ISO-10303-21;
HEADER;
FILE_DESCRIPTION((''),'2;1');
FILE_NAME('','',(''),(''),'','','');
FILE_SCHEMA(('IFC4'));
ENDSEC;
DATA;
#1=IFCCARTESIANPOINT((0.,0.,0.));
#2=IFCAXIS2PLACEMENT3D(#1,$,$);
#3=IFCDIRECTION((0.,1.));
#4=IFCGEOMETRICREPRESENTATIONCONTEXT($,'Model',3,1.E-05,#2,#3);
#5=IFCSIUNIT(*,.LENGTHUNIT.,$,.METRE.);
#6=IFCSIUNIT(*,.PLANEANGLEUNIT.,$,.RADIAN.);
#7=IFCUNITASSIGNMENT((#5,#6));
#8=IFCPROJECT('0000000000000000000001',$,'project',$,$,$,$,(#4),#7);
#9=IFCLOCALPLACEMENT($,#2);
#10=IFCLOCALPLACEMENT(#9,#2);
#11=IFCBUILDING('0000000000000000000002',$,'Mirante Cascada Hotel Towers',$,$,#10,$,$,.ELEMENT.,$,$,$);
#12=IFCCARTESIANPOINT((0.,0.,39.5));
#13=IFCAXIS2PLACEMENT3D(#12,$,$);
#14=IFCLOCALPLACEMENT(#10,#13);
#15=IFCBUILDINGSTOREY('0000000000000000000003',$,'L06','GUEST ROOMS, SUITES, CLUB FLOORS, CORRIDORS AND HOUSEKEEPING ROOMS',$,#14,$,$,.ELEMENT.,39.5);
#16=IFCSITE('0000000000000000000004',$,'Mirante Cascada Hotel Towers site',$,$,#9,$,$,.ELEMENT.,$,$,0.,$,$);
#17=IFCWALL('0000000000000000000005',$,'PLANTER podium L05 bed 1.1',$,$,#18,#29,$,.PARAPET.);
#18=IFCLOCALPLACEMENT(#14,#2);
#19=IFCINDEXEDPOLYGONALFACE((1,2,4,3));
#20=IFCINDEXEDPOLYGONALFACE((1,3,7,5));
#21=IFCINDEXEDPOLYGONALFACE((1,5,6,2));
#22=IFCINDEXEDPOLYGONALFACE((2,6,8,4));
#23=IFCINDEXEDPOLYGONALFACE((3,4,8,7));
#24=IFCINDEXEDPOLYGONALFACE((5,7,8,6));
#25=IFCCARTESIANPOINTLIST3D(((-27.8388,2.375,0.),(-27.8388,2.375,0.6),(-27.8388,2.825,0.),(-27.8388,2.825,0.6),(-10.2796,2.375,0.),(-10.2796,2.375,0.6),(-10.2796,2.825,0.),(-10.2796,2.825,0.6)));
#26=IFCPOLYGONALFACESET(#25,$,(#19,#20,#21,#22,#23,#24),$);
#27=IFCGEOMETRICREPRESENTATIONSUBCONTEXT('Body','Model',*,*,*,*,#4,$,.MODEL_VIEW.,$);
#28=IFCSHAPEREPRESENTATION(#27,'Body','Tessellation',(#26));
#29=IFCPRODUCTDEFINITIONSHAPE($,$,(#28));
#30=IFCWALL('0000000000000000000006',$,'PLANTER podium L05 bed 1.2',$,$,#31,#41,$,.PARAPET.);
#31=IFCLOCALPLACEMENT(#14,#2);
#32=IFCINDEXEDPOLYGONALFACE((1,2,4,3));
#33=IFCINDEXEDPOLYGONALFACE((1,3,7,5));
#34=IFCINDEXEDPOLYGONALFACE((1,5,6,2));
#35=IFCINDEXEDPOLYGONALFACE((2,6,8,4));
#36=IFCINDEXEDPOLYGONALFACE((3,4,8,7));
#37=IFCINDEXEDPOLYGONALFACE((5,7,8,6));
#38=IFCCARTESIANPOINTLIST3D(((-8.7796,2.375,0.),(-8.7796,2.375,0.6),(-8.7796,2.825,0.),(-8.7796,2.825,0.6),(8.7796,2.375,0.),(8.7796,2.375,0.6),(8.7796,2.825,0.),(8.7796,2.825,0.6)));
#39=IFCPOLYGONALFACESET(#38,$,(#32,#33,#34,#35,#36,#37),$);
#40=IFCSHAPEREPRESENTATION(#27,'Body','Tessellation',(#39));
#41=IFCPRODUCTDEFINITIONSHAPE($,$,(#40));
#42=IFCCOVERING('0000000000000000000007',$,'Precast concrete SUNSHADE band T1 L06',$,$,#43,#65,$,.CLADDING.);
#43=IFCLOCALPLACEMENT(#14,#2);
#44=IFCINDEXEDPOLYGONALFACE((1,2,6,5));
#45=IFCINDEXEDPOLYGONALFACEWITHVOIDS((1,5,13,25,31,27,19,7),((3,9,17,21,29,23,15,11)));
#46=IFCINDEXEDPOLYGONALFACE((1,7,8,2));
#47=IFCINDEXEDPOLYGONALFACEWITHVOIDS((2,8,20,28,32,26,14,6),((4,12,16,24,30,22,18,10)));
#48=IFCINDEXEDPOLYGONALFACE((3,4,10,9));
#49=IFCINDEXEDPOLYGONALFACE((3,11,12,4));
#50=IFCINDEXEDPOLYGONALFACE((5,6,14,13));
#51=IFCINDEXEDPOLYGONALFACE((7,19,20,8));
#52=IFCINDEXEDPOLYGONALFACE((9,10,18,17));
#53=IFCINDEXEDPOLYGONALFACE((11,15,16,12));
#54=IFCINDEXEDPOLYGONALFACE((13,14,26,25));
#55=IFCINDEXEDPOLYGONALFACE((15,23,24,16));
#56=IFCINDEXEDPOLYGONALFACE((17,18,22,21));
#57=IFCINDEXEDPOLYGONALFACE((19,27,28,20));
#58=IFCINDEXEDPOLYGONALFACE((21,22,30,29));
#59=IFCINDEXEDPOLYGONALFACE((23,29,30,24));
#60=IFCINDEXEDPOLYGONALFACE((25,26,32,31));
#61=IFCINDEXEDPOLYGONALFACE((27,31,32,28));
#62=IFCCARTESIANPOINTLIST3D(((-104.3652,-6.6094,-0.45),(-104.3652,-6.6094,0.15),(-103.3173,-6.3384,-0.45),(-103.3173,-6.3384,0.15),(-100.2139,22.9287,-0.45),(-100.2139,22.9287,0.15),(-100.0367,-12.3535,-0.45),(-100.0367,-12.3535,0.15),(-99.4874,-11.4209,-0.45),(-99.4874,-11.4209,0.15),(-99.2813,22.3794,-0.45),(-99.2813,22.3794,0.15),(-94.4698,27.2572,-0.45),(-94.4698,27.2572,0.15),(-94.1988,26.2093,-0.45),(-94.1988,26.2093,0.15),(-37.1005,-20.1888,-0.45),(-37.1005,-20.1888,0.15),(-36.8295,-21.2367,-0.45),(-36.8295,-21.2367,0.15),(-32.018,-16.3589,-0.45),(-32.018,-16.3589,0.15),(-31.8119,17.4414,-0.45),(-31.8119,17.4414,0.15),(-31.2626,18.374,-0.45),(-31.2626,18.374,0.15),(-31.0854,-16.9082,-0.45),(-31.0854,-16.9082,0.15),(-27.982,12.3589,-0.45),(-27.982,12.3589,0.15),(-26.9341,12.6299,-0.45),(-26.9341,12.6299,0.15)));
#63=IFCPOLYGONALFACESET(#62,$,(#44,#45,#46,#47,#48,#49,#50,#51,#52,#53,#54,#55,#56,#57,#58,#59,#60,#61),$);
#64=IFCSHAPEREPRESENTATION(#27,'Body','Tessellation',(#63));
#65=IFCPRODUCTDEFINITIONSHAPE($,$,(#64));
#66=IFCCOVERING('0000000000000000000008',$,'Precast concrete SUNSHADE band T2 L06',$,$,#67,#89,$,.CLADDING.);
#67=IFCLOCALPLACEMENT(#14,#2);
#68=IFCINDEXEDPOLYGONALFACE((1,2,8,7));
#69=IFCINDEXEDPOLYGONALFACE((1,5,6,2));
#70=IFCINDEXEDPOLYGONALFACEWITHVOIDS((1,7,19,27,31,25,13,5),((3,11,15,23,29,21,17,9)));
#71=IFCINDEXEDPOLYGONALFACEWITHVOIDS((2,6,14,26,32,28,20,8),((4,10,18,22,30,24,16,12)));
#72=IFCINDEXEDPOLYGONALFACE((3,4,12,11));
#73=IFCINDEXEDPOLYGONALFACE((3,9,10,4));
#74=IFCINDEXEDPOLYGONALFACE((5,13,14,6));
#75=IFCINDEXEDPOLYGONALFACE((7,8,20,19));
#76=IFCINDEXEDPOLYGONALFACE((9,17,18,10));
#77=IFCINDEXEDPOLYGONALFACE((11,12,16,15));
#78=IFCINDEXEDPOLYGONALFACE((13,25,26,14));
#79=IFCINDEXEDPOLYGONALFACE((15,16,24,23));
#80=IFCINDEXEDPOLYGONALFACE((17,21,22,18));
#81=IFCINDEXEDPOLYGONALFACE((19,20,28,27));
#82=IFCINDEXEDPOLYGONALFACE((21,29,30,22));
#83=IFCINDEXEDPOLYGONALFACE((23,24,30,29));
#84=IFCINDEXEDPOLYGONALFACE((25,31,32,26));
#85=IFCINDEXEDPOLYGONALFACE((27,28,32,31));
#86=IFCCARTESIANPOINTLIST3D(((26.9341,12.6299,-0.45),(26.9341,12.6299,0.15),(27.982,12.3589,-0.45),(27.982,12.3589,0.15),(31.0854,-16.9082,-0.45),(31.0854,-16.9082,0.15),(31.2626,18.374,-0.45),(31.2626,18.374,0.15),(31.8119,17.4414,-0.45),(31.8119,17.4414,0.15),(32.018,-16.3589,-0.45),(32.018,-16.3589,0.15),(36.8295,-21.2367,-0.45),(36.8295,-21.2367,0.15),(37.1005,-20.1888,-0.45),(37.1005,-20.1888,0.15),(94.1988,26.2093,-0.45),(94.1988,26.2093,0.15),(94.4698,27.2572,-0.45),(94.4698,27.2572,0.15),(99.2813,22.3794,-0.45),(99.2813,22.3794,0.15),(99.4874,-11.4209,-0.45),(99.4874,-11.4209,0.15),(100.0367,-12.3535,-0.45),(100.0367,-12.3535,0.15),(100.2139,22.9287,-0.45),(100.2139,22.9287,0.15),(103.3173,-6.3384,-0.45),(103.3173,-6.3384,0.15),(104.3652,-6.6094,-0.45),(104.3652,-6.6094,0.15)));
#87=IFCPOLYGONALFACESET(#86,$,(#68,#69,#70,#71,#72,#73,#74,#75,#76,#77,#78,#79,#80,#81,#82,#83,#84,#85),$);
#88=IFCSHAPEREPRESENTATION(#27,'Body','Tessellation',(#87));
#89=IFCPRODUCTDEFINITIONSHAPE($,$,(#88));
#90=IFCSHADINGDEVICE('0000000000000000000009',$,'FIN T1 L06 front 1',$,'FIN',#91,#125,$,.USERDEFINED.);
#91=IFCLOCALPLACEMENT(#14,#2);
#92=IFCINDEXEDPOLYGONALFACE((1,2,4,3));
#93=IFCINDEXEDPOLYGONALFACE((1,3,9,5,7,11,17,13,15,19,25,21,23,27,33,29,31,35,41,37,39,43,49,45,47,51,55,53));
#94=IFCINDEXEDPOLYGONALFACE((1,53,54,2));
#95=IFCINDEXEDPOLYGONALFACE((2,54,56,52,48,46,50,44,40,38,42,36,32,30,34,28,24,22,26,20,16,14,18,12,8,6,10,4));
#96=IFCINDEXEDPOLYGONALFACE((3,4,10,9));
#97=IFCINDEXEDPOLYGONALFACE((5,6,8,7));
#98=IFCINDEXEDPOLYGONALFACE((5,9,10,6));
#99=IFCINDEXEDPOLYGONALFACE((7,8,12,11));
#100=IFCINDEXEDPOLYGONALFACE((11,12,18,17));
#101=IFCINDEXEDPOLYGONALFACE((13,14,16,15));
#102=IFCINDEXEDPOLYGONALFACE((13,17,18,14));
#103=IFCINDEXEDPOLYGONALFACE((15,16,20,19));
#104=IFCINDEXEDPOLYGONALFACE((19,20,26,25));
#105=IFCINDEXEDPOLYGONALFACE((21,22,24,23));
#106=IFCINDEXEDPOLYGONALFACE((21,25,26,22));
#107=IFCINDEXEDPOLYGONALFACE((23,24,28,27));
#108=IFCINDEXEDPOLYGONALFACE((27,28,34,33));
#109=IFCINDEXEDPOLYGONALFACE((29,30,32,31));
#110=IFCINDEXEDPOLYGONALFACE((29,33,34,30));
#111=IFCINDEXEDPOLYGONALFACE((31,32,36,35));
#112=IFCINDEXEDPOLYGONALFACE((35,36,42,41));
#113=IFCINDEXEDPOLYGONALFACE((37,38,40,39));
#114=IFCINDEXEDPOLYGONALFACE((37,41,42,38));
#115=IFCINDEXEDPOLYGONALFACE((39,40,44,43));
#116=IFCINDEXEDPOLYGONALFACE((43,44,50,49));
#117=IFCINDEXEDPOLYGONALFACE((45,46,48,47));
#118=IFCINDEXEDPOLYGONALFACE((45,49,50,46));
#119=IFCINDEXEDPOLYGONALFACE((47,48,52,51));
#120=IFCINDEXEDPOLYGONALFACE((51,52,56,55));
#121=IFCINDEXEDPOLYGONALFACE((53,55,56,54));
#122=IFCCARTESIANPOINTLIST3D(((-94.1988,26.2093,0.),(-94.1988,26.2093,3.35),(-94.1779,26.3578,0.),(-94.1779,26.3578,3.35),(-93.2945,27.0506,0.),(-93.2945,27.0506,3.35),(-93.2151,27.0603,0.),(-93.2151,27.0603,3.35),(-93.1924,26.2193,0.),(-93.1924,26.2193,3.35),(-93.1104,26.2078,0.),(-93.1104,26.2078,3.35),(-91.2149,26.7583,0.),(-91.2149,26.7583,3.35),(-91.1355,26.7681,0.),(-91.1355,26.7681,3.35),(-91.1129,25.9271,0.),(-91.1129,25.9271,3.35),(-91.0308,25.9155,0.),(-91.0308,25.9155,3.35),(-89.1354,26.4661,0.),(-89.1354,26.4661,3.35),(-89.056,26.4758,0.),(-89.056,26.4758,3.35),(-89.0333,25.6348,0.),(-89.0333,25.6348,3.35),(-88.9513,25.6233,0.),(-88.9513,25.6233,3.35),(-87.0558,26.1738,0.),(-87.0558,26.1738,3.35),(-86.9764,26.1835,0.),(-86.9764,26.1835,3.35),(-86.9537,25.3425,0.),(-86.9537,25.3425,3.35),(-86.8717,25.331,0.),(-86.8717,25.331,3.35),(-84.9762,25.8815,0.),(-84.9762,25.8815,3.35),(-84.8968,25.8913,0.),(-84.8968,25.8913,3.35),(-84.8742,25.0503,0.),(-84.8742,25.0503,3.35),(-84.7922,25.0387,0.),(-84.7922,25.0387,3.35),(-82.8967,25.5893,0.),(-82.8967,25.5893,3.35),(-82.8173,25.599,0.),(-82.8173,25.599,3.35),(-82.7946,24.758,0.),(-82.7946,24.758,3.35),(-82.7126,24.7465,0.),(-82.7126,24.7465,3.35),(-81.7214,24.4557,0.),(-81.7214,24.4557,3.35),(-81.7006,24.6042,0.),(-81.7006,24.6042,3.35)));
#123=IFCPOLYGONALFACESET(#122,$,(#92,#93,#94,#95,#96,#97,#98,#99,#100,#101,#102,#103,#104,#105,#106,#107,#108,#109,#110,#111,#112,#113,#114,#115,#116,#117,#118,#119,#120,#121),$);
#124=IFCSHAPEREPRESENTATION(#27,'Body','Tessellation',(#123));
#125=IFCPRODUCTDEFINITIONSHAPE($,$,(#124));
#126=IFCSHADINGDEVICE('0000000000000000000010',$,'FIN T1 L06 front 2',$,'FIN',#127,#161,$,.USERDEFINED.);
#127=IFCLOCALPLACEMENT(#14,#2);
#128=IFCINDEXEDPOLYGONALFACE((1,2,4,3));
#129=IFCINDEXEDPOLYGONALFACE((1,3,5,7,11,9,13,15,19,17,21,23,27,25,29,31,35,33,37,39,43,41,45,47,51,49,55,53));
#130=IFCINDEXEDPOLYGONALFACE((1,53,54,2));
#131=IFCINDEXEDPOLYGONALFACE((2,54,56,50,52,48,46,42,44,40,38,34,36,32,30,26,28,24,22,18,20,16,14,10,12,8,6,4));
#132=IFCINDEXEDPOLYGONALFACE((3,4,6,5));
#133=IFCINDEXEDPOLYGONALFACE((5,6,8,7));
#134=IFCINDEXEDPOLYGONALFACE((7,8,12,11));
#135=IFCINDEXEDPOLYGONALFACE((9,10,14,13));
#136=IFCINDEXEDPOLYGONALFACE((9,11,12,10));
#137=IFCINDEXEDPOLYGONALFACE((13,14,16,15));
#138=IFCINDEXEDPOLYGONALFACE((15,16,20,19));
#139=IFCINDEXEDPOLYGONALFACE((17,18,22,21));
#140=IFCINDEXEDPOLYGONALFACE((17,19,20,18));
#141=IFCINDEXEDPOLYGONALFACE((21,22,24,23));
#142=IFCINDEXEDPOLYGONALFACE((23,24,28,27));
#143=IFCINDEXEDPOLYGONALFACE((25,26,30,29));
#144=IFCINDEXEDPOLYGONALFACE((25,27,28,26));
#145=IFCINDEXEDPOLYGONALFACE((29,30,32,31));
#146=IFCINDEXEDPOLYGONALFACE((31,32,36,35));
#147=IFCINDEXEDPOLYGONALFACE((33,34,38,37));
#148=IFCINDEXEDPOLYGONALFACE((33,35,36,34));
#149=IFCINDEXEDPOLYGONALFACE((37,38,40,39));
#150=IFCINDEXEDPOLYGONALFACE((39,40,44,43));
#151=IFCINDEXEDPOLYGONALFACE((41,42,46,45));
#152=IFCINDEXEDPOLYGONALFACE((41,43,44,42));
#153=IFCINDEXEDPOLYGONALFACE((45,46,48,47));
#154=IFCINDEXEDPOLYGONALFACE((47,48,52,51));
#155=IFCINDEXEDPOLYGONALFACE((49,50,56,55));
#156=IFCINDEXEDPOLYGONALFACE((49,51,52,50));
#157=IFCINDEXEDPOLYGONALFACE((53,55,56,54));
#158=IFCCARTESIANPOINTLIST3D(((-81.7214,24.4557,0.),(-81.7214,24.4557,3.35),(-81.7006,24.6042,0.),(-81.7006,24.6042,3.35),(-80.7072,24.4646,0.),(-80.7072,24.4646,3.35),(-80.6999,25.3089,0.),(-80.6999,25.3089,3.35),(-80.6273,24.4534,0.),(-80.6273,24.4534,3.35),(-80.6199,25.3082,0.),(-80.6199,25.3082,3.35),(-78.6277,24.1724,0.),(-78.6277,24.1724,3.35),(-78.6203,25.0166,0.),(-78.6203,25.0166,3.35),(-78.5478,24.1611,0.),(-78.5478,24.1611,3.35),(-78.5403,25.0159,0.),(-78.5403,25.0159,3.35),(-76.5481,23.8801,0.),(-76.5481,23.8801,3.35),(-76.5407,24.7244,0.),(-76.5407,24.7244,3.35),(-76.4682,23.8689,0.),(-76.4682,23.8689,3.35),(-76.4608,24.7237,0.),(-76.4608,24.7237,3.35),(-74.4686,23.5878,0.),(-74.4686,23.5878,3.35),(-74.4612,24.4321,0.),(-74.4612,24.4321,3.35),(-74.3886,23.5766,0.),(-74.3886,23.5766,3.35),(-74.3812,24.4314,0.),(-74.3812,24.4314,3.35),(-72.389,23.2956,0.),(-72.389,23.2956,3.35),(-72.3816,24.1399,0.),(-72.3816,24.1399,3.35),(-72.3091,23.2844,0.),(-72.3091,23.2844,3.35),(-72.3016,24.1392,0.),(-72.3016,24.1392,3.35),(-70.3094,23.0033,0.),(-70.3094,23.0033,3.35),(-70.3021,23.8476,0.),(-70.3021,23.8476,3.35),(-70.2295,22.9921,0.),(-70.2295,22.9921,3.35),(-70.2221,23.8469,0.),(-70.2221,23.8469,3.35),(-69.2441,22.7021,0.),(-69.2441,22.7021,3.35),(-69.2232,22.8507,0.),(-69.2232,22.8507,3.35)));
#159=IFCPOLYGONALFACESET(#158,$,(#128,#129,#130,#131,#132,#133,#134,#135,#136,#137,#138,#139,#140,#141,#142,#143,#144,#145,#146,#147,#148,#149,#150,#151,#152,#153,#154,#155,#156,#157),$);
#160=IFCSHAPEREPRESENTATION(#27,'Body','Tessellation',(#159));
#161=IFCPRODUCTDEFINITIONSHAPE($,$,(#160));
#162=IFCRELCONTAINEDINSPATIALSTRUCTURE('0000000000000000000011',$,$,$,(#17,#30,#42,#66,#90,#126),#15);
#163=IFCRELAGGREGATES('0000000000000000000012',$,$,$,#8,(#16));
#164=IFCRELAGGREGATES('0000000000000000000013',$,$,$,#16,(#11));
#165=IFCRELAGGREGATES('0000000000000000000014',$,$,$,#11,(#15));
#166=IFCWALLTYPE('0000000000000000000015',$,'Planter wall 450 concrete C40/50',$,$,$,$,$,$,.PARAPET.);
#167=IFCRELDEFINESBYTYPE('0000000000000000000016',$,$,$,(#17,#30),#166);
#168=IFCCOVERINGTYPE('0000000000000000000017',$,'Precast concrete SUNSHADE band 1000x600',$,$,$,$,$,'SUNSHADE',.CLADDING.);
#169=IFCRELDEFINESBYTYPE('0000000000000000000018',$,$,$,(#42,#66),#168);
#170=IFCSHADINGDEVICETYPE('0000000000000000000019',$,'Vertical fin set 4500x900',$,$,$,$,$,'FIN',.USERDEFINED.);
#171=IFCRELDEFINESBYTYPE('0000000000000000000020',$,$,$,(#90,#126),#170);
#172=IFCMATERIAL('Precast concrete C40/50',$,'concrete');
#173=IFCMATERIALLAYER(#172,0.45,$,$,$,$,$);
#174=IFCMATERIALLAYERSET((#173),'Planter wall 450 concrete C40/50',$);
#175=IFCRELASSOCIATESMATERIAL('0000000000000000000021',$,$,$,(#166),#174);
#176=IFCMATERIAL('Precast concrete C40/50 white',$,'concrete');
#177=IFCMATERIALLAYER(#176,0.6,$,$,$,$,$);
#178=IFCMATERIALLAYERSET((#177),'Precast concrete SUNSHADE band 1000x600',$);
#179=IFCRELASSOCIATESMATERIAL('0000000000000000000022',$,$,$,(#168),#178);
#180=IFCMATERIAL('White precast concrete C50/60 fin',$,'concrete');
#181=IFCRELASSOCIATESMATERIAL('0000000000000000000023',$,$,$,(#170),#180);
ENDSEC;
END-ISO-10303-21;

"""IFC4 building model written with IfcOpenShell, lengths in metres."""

from ifc_helpers import new_model, si_unit, direction, frame, frame_2d, origin, place, context, subcontext, project, spatial, polyline, rectangle, outline, extrude, material, layer, layer_set, type_object, element, save


model = new_model("IFC4")

# Units and contexts
model_context = context("Model", 3, precision=1e-05, world=origin(), true_north=direction((0.0, 1.0)))
body_context = subcontext(model_context, "Body", "Model", "MODEL_VIEW")
ifc_project = project(units=[si_unit("LENGTHUNIT", "METRE"), si_unit("PLANEANGLEUNIT", "RADIAN")], contexts=[model_context])

# Site, building, storey
site_placement = place(None, origin())
site = spatial("IfcSite", under=ifc_project, at=site_placement, Name="Mirante Cascada Hotel Towers site", CompositionType="ELEMENT", RefElevation=0.0)
building_placement = place(site_placement, origin())
building = spatial("IfcBuilding", under=site, at=building_placement, Name="Mirante Cascada Hotel Towers", CompositionType="ELEMENT")
storey_placement = place(building_placement, frame((0.0, 0.0, 39.5)))
storey = spatial("IfcBuildingStorey", under=building, at=storey_placement, Name="L06", Description="GUEST ROOMS, SUITES, CLUB FLOORS, CORRIDORS AND HOUSEKEEPING ROOMS", CompositionType="ELEMENT", Elevation=39.5)

# Walls
ifc_material_1 = material(Name="Precast concrete C40/50", Category="concrete")
ifc_layer_1 = layer(ifc_material_1, 0.45)
ifc_layer_set_1 = layer_set([ifc_layer_1], Name="Planter wall 450 concrete C40/50")
wall_type_1 = type_object("IfcWallType", Name="Planter wall 450 concrete C40/50", PredefinedType="PARAPET", material=ifc_layer_set_1)
for number, where, z_axis, x_axis, name in (
    (1, (-27.8388, 2.6, 0.0), (0.0, 0.0, 1.0), (1.0, 0.0, 0.0), "PLANTER podium L05 bed 1.1"),
    (2, (-8.7796, 2.6, 0.0), (0.0, 0.0, 1.0), (1.0, 0.0, 0.0), "PLANTER podium L05 bed 1.2"),
):
    element("IfcWall", number, at=place(storey_placement, frame(where, z_axis=z_axis, x_axis=x_axis)), inside=storey, type_object=wall_type_1, Name=name, PredefinedType="PARAPET", context=body_context, shape_type="SweptSolid", body=[
        extrude(rectangle(XDim=17.5592, YDim=0.45, at=frame_2d((8.7796, 0.0))), origin(), (0.0, 0.0, 1.0), 0.6),
    ])

# Coverings
ifc_material_2 = material(Name="Precast concrete C40/50 white", Category="concrete")
ifc_layer_2 = layer(ifc_material_2, 0.6)
ifc_layer_set_2 = layer_set([ifc_layer_2], Name="Precast concrete SUNSHADE band 1000x600")
covering_type = type_object("IfcCoveringType", Name="Precast concrete SUNSHADE band 1000x600", ElementType="SUNSHADE", PredefinedType="CLADDING", material=ifc_layer_set_2)
covering_1_placement = place(storey_placement, frame((0.0, 0.0, -0.45)))
element("IfcCovering", 3, at=covering_1_placement, inside=storey, type_object=covering_type, Name="Precast concrete SUNSHADE band T1 L06", PredefinedType="CLADDING", context=body_context, shape_type="SweptSolid", body=[
    extrude(outline(polyline([(-104.3652, -6.6094), (-100.2139, 22.9287), (-94.4698, 27.2572), (-31.2626, 18.374), (-26.9341, 12.6299), (-31.0854, -16.9082), (-36.8295, -21.2367), (-100.0367, -12.3535), (-104.3652, -6.6094)]), holes=[polyline([(-27.982, 12.3589), (-31.8119, 17.4414), (-94.1988, 26.2093), (-99.2813, 22.3794), (-103.3173, -6.3384), (-99.4874, -11.4209), (-37.1005, -20.1888), (-32.018, -16.3589), (-27.982, 12.3589)])]), origin(), (0.0, 0.0, 1.0), 0.6),
])
covering_2_placement = place(storey_placement, frame((0.0, 0.0, -0.45)))
element("IfcCovering", 4, at=covering_2_placement, inside=storey, type_object=covering_type, Name="Precast concrete SUNSHADE band T2 L06", PredefinedType="CLADDING", context=body_context, shape_type="SweptSolid", body=[
    extrude(outline(polyline([(26.9341, 12.6299), (31.2626, 18.374), (94.4698, 27.2572), (100.2139, 22.9287), (104.3652, -6.6094), (100.0367, -12.3535), (36.8295, -21.2367), (31.0854, -16.9082), (26.9341, 12.6299)]), holes=[polyline([(103.3173, -6.3384), (99.2813, 22.3794), (94.1988, 26.2093), (31.8119, 17.4414), (27.982, 12.3589), (32.018, -16.3589), (37.1005, -20.1888), (99.4874, -11.4209), (103.3173, -6.3384)])]), origin(), (0.0, 0.0, 1.0), 0.6),
])

# Shading devices
ifc_material_3 = material(Name="White precast concrete C50/60 fin", Category="concrete")
shading_device_type = type_object("IfcShadingDeviceType", Name="Vertical fin set 4500x900", ElementType="FIN", PredefinedType="USERDEFINED", material=ifc_material_3)
shading_device_1_placement = place(storey_placement, origin())
element("IfcShadingDevice", 5, at=shading_device_1_placement, inside=storey, type_object=shading_device_type, Name="FIN T1 L06 front 1", ObjectType="FIN", PredefinedType="USERDEFINED", context=body_context, shape_type="SweptSolid", body=[
    extrude(outline(polyline([(-82.8173, 25.599), (-82.7126, 24.7465), (-81.7006, 24.6042), (-81.7214, 24.4557), (-94.1988, 26.2093), (-94.1779, 26.3578), (-93.1924, 26.2193), (-93.2945, 27.0506), (-93.2151, 27.0603), (-93.1104, 26.2078), (-91.1129, 25.9271), (-91.2149, 26.7583), (-91.1355, 26.7681), (-91.0308, 25.9155), (-89.0333, 25.6348), (-89.1354, 26.4661), (-89.056, 26.4758), (-88.9513, 25.6233), (-86.9537, 25.3425), (-87.0558, 26.1738), (-86.9764, 26.1835), (-86.8717, 25.331), (-84.8742, 25.0503), (-84.9762, 25.8815), (-84.8968, 25.8913), (-84.7922, 25.0387), (-82.7946, 24.758), (-82.8967, 25.5893), (-82.8173, 25.599)])), origin(), (0.0, 0.0, 1.0), 3.35),
])
shading_device_2_placement = place(storey_placement, origin())
element("IfcShadingDevice", 6, at=shading_device_2_placement, inside=storey, type_object=shading_device_type, Name="FIN T1 L06 front 2", ObjectType="FIN", PredefinedType="USERDEFINED", context=body_context, shape_type="SweptSolid", body=[
    extrude(outline(polyline([(-70.2221, 23.8469), (-70.2295, 22.9921), (-69.2232, 22.8507), (-69.2441, 22.7021), (-81.7214, 24.4557), (-81.7006, 24.6042), (-80.7072, 24.4646), (-80.6999, 25.3089), (-80.6199, 25.3082), (-80.6273, 24.4534), (-78.6277, 24.1724), (-78.6203, 25.0166), (-78.5403, 25.0159), (-78.5478, 24.1611), (-76.5481, 23.8801), (-76.5407, 24.7244), (-76.4608, 24.7237), (-76.4682, 23.8689), (-74.4686, 23.5878), (-74.4612, 24.4321), (-74.3812, 24.4314), (-74.3886, 23.5766), (-72.389, 23.2956), (-72.3816, 24.1399), (-72.3016, 24.1392), (-72.3091, 23.2844), (-70.3094, 23.0033), (-70.3021, 23.8476), (-70.2221, 23.8469)])), origin(), (0.0, 0.0, 1.0), 3.35),
])

save(model, "model.ifc")
